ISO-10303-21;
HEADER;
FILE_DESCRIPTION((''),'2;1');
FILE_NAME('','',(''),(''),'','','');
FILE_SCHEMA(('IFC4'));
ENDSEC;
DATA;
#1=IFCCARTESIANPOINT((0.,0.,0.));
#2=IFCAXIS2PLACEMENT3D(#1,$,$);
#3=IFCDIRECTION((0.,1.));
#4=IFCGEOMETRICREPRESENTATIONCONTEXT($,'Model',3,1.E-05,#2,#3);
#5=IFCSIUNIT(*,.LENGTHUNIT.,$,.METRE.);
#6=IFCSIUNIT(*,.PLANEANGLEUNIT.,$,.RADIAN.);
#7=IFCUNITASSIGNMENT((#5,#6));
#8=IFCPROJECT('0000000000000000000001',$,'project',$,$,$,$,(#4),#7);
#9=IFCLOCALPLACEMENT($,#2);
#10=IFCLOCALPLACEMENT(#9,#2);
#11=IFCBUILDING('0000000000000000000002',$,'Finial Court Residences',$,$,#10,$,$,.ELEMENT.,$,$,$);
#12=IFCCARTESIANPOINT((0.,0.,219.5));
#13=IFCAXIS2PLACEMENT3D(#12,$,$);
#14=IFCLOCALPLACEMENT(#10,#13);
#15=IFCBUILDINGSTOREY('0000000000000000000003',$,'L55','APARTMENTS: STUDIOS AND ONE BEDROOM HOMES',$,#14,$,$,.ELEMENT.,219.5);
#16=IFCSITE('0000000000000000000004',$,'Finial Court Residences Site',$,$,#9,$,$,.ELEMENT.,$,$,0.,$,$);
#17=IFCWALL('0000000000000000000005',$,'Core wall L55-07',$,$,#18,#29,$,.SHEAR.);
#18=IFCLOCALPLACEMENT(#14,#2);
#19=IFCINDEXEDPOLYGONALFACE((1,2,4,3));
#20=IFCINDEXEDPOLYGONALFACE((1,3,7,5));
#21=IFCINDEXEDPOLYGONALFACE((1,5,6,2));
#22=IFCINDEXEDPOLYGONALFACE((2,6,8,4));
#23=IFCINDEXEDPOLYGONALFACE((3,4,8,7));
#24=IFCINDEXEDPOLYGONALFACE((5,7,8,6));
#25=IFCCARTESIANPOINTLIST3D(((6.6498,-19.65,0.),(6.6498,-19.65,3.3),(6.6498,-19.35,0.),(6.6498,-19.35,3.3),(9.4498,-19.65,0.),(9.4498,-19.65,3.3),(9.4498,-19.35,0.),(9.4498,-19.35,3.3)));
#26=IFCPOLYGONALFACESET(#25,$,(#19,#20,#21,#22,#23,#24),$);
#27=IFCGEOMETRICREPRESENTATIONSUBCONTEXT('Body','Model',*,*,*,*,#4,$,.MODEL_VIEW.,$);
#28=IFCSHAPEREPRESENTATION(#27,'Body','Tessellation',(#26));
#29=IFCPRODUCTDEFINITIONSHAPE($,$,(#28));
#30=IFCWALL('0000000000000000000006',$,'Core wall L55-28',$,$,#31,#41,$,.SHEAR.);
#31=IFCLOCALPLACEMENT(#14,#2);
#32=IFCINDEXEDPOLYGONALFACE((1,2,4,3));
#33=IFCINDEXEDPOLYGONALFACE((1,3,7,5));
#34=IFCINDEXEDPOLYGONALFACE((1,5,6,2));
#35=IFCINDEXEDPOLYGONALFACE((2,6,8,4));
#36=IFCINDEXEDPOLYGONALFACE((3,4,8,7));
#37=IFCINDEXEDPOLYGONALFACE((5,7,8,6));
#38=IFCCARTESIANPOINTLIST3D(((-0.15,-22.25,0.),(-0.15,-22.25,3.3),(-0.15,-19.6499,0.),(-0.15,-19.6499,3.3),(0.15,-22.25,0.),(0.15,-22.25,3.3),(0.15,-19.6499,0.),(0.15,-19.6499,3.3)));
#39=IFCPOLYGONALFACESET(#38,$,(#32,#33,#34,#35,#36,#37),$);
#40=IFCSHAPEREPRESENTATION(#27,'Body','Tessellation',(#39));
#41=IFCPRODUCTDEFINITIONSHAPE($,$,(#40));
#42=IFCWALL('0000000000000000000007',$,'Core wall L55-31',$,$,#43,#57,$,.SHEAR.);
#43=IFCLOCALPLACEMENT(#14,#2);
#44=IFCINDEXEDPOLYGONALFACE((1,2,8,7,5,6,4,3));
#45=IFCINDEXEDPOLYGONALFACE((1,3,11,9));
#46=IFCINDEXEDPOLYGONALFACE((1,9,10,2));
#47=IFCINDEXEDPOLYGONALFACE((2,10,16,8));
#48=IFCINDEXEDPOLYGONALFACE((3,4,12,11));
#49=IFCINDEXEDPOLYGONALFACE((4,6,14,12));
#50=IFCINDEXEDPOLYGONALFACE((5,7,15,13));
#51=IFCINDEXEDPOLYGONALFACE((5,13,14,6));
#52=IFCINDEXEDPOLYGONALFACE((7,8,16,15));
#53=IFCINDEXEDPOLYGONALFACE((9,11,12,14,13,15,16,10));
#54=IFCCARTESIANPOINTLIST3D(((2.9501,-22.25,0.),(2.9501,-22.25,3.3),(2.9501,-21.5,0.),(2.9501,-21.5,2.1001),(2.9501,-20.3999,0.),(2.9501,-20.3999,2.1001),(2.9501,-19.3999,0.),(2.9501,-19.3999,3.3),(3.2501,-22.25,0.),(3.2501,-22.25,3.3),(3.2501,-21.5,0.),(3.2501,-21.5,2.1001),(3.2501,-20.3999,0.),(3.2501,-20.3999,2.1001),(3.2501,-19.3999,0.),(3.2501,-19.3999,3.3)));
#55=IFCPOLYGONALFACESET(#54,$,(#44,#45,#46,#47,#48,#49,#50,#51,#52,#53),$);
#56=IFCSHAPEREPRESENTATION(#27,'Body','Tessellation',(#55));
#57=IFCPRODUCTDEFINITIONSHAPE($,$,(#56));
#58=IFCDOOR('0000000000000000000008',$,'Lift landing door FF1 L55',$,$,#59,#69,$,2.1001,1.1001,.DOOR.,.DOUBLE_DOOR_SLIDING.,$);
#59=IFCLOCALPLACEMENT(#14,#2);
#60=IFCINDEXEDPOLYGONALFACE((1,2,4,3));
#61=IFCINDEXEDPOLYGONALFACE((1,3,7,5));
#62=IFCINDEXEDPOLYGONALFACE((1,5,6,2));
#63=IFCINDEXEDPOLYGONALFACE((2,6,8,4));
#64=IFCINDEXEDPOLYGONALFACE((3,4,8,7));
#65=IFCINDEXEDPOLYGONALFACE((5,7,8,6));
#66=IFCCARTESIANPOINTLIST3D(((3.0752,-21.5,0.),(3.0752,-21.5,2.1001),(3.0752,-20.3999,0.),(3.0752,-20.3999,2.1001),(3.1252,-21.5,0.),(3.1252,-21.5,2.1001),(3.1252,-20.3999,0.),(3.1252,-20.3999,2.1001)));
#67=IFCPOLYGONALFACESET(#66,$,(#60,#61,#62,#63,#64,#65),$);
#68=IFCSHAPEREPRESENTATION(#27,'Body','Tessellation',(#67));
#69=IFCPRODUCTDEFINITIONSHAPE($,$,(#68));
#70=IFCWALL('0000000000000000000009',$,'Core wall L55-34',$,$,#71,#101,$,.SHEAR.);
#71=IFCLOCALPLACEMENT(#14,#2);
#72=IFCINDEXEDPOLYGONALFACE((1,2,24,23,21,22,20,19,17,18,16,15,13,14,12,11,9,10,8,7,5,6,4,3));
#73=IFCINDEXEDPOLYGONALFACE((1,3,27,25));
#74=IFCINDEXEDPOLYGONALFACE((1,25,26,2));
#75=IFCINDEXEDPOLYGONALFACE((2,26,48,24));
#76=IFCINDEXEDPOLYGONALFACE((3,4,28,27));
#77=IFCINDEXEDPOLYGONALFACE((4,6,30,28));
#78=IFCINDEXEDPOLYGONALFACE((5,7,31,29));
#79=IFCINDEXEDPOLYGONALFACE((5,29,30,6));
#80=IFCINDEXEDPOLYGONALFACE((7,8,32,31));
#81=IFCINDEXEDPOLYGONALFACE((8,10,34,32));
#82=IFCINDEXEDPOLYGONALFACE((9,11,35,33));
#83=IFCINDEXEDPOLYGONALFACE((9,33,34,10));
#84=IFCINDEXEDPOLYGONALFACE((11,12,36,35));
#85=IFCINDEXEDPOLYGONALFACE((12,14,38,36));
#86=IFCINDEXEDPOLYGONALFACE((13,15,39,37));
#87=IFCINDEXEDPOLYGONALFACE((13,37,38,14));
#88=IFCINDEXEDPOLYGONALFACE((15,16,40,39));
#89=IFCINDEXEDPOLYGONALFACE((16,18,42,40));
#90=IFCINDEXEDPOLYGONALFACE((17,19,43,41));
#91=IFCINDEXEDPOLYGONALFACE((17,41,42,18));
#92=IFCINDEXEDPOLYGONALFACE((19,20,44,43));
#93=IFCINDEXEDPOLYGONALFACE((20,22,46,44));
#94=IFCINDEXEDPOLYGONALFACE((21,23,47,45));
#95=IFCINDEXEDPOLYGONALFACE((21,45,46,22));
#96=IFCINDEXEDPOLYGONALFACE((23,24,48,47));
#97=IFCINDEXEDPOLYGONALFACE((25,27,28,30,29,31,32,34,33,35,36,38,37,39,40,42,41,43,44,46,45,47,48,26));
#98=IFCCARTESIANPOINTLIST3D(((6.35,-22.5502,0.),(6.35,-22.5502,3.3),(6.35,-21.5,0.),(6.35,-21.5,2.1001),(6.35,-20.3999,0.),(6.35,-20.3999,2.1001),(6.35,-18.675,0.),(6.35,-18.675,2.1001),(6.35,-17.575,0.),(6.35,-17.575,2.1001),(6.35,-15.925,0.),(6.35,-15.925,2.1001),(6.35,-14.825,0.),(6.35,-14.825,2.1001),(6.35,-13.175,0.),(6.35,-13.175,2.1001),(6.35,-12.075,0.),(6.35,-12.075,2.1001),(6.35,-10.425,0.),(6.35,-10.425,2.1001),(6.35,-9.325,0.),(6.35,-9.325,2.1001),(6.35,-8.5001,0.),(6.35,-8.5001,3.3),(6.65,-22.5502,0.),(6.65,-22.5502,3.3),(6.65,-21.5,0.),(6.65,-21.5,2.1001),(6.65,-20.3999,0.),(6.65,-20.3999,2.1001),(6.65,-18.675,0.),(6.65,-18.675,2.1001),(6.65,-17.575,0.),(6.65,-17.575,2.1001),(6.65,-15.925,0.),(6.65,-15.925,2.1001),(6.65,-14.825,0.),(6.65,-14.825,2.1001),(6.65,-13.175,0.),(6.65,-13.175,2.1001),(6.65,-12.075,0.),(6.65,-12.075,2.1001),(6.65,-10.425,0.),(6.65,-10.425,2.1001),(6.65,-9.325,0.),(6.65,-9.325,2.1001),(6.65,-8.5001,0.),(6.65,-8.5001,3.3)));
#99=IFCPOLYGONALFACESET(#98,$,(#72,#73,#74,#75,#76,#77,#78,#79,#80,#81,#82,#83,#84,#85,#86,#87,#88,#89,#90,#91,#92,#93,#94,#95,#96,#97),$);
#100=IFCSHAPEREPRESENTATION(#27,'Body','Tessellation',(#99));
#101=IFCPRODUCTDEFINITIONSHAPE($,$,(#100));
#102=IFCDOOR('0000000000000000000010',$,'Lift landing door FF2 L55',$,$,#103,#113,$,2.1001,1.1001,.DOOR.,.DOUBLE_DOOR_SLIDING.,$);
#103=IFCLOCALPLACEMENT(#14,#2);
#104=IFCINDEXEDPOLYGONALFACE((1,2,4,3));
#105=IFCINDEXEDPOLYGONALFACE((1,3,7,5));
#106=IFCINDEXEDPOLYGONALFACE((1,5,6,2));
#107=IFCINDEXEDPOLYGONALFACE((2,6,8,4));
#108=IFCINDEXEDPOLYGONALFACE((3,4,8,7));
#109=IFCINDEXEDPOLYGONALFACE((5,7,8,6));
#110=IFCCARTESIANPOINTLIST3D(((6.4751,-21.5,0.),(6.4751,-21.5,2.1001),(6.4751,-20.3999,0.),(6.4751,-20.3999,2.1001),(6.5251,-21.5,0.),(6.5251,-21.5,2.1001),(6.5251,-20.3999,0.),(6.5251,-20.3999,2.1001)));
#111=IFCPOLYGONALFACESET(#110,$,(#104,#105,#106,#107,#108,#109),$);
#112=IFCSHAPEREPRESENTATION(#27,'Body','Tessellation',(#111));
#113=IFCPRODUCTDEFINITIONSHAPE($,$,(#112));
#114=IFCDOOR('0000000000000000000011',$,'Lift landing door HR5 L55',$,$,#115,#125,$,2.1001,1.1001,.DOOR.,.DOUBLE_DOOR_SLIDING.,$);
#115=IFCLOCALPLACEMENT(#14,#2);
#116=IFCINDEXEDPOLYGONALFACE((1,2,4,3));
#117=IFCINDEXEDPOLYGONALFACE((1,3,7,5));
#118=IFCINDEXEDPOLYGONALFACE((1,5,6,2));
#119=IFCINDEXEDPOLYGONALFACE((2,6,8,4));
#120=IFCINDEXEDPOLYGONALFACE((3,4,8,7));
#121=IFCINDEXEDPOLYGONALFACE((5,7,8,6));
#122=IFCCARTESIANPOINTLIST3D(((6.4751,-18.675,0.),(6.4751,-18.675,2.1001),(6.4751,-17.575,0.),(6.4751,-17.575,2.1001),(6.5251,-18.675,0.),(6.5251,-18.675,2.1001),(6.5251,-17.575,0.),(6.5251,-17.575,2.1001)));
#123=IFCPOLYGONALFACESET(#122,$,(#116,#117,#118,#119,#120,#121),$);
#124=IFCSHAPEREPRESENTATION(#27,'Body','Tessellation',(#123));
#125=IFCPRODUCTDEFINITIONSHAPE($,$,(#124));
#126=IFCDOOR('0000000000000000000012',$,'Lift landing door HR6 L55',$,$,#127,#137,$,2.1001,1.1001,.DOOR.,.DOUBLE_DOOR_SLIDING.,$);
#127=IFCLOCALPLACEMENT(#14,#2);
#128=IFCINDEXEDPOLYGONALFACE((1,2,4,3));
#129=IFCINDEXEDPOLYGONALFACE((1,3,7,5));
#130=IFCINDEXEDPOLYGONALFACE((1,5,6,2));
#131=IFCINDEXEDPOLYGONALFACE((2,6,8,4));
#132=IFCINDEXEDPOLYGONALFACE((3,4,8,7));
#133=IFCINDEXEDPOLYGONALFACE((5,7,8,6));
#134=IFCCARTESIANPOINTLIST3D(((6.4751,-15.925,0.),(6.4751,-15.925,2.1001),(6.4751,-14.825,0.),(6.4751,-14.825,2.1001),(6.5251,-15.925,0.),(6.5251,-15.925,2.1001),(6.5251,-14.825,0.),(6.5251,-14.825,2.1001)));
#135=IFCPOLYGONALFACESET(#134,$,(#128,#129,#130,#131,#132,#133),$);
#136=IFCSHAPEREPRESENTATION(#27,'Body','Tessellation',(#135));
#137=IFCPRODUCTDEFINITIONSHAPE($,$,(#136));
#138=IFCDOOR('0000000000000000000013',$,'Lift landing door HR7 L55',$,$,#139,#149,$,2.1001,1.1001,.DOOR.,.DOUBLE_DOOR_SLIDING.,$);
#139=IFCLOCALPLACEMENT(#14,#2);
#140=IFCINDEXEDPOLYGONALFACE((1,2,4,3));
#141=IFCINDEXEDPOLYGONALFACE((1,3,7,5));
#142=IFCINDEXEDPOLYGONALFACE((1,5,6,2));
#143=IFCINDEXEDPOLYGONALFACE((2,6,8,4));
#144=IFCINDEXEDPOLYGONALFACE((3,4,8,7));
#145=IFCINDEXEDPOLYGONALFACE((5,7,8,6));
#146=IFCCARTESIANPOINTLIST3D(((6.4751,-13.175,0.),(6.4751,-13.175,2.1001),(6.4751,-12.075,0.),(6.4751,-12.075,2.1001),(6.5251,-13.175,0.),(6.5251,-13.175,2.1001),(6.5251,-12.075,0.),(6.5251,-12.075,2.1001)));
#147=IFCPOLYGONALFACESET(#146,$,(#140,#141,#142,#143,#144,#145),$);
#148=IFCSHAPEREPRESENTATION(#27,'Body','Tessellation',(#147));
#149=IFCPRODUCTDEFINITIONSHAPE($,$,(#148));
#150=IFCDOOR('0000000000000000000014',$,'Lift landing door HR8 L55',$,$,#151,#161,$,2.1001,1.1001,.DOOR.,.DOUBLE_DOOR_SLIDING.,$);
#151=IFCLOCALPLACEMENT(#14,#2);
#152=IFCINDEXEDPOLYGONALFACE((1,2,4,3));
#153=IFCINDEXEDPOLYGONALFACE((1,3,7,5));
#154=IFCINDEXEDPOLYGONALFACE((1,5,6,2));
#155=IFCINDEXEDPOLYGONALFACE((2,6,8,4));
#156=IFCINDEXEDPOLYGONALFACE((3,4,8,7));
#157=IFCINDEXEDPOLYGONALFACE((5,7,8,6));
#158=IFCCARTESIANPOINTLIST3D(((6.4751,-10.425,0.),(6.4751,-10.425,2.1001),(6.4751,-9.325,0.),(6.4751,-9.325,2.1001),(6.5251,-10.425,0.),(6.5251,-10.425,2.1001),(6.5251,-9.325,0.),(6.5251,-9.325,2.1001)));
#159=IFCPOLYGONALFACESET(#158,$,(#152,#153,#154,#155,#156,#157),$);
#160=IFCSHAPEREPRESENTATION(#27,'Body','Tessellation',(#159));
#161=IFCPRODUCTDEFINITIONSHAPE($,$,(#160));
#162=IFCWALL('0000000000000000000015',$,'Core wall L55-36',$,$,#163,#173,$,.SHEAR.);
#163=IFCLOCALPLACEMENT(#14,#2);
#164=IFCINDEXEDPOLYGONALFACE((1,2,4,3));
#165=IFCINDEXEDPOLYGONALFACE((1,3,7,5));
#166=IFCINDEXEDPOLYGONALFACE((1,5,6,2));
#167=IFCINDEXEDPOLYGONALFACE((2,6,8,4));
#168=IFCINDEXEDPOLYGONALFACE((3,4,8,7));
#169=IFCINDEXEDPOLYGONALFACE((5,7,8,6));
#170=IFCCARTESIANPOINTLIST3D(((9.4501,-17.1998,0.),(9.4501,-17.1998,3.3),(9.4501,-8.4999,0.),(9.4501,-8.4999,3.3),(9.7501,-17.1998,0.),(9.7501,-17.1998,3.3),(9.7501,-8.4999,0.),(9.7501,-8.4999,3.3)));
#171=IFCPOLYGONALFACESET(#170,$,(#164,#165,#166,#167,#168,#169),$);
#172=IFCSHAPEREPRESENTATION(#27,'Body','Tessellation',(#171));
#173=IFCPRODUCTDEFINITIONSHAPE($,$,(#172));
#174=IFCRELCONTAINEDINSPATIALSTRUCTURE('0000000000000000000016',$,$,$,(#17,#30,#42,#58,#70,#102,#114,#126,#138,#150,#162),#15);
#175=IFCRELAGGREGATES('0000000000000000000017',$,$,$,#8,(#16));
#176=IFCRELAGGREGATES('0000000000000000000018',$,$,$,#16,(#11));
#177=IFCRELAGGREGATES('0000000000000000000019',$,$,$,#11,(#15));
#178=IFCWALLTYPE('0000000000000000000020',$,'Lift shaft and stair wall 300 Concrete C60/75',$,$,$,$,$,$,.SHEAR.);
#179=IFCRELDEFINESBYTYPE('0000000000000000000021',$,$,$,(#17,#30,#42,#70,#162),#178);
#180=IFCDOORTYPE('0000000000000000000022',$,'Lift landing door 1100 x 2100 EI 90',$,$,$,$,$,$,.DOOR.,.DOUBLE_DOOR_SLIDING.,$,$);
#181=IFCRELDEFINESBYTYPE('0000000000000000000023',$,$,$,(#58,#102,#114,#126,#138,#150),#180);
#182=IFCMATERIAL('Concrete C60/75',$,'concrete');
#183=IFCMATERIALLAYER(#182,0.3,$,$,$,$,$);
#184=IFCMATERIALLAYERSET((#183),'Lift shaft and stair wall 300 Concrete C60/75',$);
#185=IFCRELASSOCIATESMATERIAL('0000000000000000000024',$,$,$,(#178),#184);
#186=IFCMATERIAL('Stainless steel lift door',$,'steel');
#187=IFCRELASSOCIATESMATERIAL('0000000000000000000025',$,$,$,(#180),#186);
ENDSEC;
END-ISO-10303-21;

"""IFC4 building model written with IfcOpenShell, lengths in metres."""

from ifc_helpers import new_model, si_unit, direction, frame, frame_2d, origin, place, context, subcontext, project, spatial, rectangle, extrude, material, layer, layer_set, type_object, element, fill, save


model = new_model("IFC4")

# Units and contexts
model_context = context("Model", 3, precision=1e-05, world=origin(), true_north=direction((0.0, 1.0)))
body_context = subcontext(model_context, "Body", "Model", "MODEL_VIEW")
ifc_project = project(units=[si_unit("LENGTHUNIT", "METRE"), si_unit("PLANEANGLEUNIT", "RADIAN")], contexts=[model_context])

# Site, building, storey
site_placement = place(None, origin())
site = spatial("IfcSite", under=ifc_project, at=site_placement, Name="Finial Court Residences Site", CompositionType="ELEMENT", RefElevation=0.0)
building_placement = place(site_placement, origin())
building = spatial("IfcBuilding", under=site, at=building_placement, Name="Finial Court Residences", CompositionType="ELEMENT")
storey_placement = place(building_placement, frame((0.0, 0.0, 219.5)))
storey = spatial("IfcBuildingStorey", under=building, at=storey_placement, Name="L55", Description="APARTMENTS: STUDIOS AND ONE BEDROOM HOMES", CompositionType="ELEMENT", Elevation=219.5)

# Walls
ifc_material_1 = material(Name="Concrete C60/75", Category="concrete")
ifc_layer_1 = layer(ifc_material_1, 0.3)
ifc_layer_set_1 = layer_set([ifc_layer_1], Name="Lift shaft and stair wall 300 Concrete C60/75")
wall_type_1 = type_object("IfcWallType", Name="Lift shaft and stair wall 300 Concrete C60/75", PredefinedType="SHEAR", material=ifc_layer_set_1)
wall_1_placement = place(storey_placement, frame((6.6499, -19.5, 0.0), z_axis=(0.0, 0.0, 1.0), x_axis=(1.0, 0.0, 0.0)))
element("IfcWall", 1, at=wall_1_placement, inside=storey, type_object=wall_type_1, Name="Core wall L55-07", PredefinedType="SHEAR", context=body_context, shape_type="SweptSolid", body=[
    extrude(rectangle(XDim=2.8, YDim=0.3, at=frame_2d((1.3999, 0.0))), origin(), (0.0, 0.0, 1.0), 3.3),
])
wall_2_placement = place(storey_placement, frame((0.0, -22.25, 0.0), z_axis=(0.0, 0.0, 1.0), x_axis=(0.0, 1.0, 0.0)))
element("IfcWall", 2, at=wall_2_placement, inside=storey, type_object=wall_type_1, Name="Core wall L55-28", PredefinedType="SHEAR", context=body_context, shape_type="SweptSolid", body=[
    extrude(rectangle(XDim=2.6001, YDim=0.3, at=frame_2d((1.3, 0.0))), origin(), (0.0, 0.0, 1.0), 3.3),
])

# Wall, opening, door
wall_3_placement = place(storey_placement, frame((3.1001, -22.25, 0.0), z_axis=(0.0, 0.0, 1.0), x_axis=(0.0, 1.0, 0.0)))
wall_3 = element("IfcWall", 3, at=wall_3_placement, inside=storey, type_object=wall_type_1, Name="Core wall L55-31", PredefinedType="SHEAR", context=body_context, shape_type="SweptSolid", body=[
    extrude(rectangle(XDim=2.8501, YDim=0.3, at=frame_2d((1.425, 0.0))), origin(), (0.0, 0.0, 1.0), 3.3),
])
opening_1_placement = place(wall_3_placement, frame((0.75, 0.0, 0.0)))
opening_1 = element("IfcOpeningElement", 4, at=opening_1_placement, cuts=wall_3, PredefinedType="OPENING", context=body_context, shape_type="SweptSolid", body=[
    extrude(rectangle(XDim=1.1001, YDim=2.1001, at=frame_2d((0.55, 1.05))), frame((0.0, 0.1599, 0.0), z_axis=(0.0, -1.0, 0.0), x_axis=(1.0, 0.0, 0.0)), (0.0, 0.0, 1.0), 0.3201),
])
ifc_material_2 = material(Name="Stainless steel lift door", Category="steel")
door_type_1 = type_object("IfcDoorType", Name="Lift landing door 1100 x 2100 EI 90", OperationType="DOUBLE_DOOR_SLIDING", PredefinedType="DOOR", material=ifc_material_2)
door_1_placement = place(opening_1_placement, origin())
door_1 = element("IfcDoor", 5, at=door_1_placement, inside=storey, type_object=door_type_1, Name="Lift landing door FF1 L55", OperationType="DOUBLE_DOOR_SLIDING", OverallHeight=2.1001, OverallWidth=1.1001, PredefinedType="DOOR", context=body_context, shape_type="SweptSolid", body=[
    extrude(rectangle(XDim=1.1001, YDim=2.1001, at=frame_2d((0.55, 1.05))), frame((0.0, 0.0249, 0.0), z_axis=(0.0, -1.0, 0.0), x_axis=(1.0, 0.0, 0.0)), (0.0, 0.0, 1.0), 0.05),
])
fill(opening_1, door_1)

# Wall, openings, doors
wall_4_placement = place(storey_placement, frame((6.5, -22.55, 0.0), z_axis=(0.0, 0.0, 1.0), x_axis=(0.0, 1.0, 0.0)))
wall_4 = element("IfcWall", 6, at=wall_4_placement, inside=storey, type_object=wall_type_1, Name="Core wall L55-34", PredefinedType="SHEAR", context=body_context, shape_type="SweptSolid", body=[
    extrude(rectangle(XDim=14.05, YDim=0.3, at=frame_2d((7.0249, 0.0))), origin(), (0.0, 0.0, 1.0), 3.3),
])
opening_2_placement = place(wall_4_placement, frame((1.05, 0.0, 0.0)))
opening_2 = element("IfcOpeningElement", 7, at=opening_2_placement, cuts=wall_4, PredefinedType="OPENING", context=body_context, shape_type="SweptSolid", body=[
    extrude(rectangle(XDim=1.1001, YDim=2.1001, at=frame_2d((0.55, 1.05))), frame((0.0, 0.1599, 0.0), z_axis=(0.0, -1.0, 0.0), x_axis=(1.0, 0.0, 0.0)), (0.0, 0.0, 1.0), 0.3201),
])
opening_3_placement = place(wall_4_placement, frame((3.875, 0.0, 0.0)))
opening_3 = element("IfcOpeningElement", 8, at=opening_3_placement, cuts=wall_4, PredefinedType="OPENING", context=body_context, shape_type="SweptSolid", body=[
    extrude(rectangle(XDim=1.1001, YDim=2.1001, at=frame_2d((0.55, 1.05))), frame((0.0, 0.1599, 0.0), z_axis=(0.0, -1.0, 0.0), x_axis=(1.0, 0.0, 0.0)), (0.0, 0.0, 1.0), 0.3201),
])
opening_4_placement = place(wall_4_placement, frame((6.625, 0.0, 0.0)))
opening_4 = element("IfcOpeningElement", 9, at=opening_4_placement, cuts=wall_4, PredefinedType="OPENING", context=body_context, shape_type="SweptSolid", body=[
    extrude(rectangle(XDim=1.1001, YDim=2.1001, at=frame_2d((0.55, 1.05))), frame((0.0, 0.1599, 0.0), z_axis=(0.0, -1.0, 0.0), x_axis=(1.0, 0.0, 0.0)), (0.0, 0.0, 1.0), 0.3201),
])
opening_5_placement = place(wall_4_placement, frame((9.375, 0.0, 0.0)))
opening_5 = element("IfcOpeningElement", 10, at=opening_5_placement, cuts=wall_4, PredefinedType="OPENING", context=body_context, shape_type="SweptSolid", body=[
    extrude(rectangle(XDim=1.1001, YDim=2.1001, at=frame_2d((0.55, 1.05))), frame((0.0, 0.1599, 0.0), z_axis=(0.0, -1.0, 0.0), x_axis=(1.0, 0.0, 0.0)), (0.0, 0.0, 1.0), 0.3201),
])
opening_6_placement = place(wall_4_placement, frame((12.125, 0.0, 0.0)))
opening_6 = element("IfcOpeningElement", 11, at=opening_6_placement, cuts=wall_4, PredefinedType="OPENING", context=body_context, shape_type="SweptSolid", body=[
    extrude(rectangle(XDim=1.1001, YDim=2.1001, at=frame_2d((0.55, 1.05))), frame((0.0, 0.1599, 0.0), z_axis=(0.0, -1.0, 0.0), x_axis=(1.0, 0.0, 0.0)), (0.0, 0.0, 1.0), 0.3201),
])
door_2_placement = place(opening_2_placement, origin())
door_2 = element("IfcDoor", 12, at=door_2_placement, inside=storey, type_object=door_type_1, Name="Lift landing door FF2 L55", OperationType="DOUBLE_DOOR_SLIDING", OverallHeight=2.1001, OverallWidth=1.1001, PredefinedType="DOOR", context=body_context, shape_type="SweptSolid", body=[
    extrude(rectangle(XDim=1.1001, YDim=2.1001, at=frame_2d((0.55, 1.05))), frame((0.0, 0.0249, 0.0), z_axis=(0.0, -1.0, 0.0), x_axis=(1.0, 0.0, 0.0)), (0.0, 0.0, 1.0), 0.05),
])
fill(opening_2, door_2)
door_3_placement = place(opening_3_placement, origin())
door_3 = element("IfcDoor", 13, at=door_3_placement, inside=storey, type_object=door_type_1, Name="Lift landing door HR5 L55", OperationType="DOUBLE_DOOR_SLIDING", OverallHeight=2.1001, OverallWidth=1.1001, PredefinedType="DOOR", context=body_context, shape_type="SweptSolid", body=[
    extrude(rectangle(XDim=1.1001, YDim=2.1001, at=frame_2d((0.55, 1.05))), frame((0.0, 0.0249, 0.0), z_axis=(0.0, -1.0, 0.0), x_axis=(1.0, 0.0, 0.0)), (0.0, 0.0, 1.0), 0.05),
])
fill(opening_3, door_3)
door_4_placement = place(opening_4_placement, origin())
door_4 = element("IfcDoor", 14, at=door_4_placement, inside=storey, type_object=door_type_1, Name="Lift landing door HR6 L55", OperationType="DOUBLE_DOOR_SLIDING", OverallHeight=2.1001, OverallWidth=1.1001, PredefinedType="DOOR", context=body_context, shape_type="SweptSolid", body=[
    extrude(rectangle(XDim=1.1001, YDim=2.1001, at=frame_2d((0.55, 1.05))), frame((0.0, 0.0249, 0.0), z_axis=(0.0, -1.0, 0.0), x_axis=(1.0, 0.0, 0.0)), (0.0, 0.0, 1.0), 0.05),
])
fill(opening_4, door_4)
door_5_placement = place(opening_5_placement, origin())
door_5 = element("IfcDoor", 15, at=door_5_placement, inside=storey, type_object=door_type_1, Name="Lift landing door HR7 L55", OperationType="DOUBLE_DOOR_SLIDING", OverallHeight=2.1001, OverallWidth=1.1001, PredefinedType="DOOR", context=body_context, shape_type="SweptSolid", body=[
    extrude(rectangle(XDim=1.1001, YDim=2.1001, at=frame_2d((0.55, 1.05))), frame((0.0, 0.0249, 0.0), z_axis=(0.0, -1.0, 0.0), x_axis=(1.0, 0.0, 0.0)), (0.0, 0.0, 1.0), 0.05),
])
fill(opening_5, door_5)
door_6_placement = place(opening_6_placement, origin())
door_6 = element("IfcDoor", 16, at=door_6_placement, inside=storey, type_object=door_type_1, Name="Lift landing door HR8 L55", OperationType="DOUBLE_DOOR_SLIDING", OverallHeight=2.1001, OverallWidth=1.1001, PredefinedType="DOOR", context=body_context, shape_type="SweptSolid", body=[
    extrude(rectangle(XDim=1.1001, YDim=2.1001, at=frame_2d((0.55, 1.05))), frame((0.0, 0.0249, 0.0), z_axis=(0.0, -1.0, 0.0), x_axis=(1.0, 0.0, 0.0)), (0.0, 0.0, 1.0), 0.05),
])
fill(opening_6, door_6)

# Wall
wall_5_placement = place(storey_placement, frame((9.6001, -17.2, 0.0), z_axis=(0.0, 0.0, 1.0), x_axis=(0.0, 1.0, 0.0)))
element("IfcWall", 17, at=wall_5_placement, inside=storey, type_object=wall_type_1, Name="Core wall L55-36", PredefinedType="SHEAR", context=body_context, shape_type="SweptSolid", body=[
    extrude(rectangle(XDim=8.7, YDim=0.3, at=frame_2d((4.3501, 0.0))), origin(), (0.0, 0.0, 1.0), 3.3),
])

save(model, "model.ifc")
